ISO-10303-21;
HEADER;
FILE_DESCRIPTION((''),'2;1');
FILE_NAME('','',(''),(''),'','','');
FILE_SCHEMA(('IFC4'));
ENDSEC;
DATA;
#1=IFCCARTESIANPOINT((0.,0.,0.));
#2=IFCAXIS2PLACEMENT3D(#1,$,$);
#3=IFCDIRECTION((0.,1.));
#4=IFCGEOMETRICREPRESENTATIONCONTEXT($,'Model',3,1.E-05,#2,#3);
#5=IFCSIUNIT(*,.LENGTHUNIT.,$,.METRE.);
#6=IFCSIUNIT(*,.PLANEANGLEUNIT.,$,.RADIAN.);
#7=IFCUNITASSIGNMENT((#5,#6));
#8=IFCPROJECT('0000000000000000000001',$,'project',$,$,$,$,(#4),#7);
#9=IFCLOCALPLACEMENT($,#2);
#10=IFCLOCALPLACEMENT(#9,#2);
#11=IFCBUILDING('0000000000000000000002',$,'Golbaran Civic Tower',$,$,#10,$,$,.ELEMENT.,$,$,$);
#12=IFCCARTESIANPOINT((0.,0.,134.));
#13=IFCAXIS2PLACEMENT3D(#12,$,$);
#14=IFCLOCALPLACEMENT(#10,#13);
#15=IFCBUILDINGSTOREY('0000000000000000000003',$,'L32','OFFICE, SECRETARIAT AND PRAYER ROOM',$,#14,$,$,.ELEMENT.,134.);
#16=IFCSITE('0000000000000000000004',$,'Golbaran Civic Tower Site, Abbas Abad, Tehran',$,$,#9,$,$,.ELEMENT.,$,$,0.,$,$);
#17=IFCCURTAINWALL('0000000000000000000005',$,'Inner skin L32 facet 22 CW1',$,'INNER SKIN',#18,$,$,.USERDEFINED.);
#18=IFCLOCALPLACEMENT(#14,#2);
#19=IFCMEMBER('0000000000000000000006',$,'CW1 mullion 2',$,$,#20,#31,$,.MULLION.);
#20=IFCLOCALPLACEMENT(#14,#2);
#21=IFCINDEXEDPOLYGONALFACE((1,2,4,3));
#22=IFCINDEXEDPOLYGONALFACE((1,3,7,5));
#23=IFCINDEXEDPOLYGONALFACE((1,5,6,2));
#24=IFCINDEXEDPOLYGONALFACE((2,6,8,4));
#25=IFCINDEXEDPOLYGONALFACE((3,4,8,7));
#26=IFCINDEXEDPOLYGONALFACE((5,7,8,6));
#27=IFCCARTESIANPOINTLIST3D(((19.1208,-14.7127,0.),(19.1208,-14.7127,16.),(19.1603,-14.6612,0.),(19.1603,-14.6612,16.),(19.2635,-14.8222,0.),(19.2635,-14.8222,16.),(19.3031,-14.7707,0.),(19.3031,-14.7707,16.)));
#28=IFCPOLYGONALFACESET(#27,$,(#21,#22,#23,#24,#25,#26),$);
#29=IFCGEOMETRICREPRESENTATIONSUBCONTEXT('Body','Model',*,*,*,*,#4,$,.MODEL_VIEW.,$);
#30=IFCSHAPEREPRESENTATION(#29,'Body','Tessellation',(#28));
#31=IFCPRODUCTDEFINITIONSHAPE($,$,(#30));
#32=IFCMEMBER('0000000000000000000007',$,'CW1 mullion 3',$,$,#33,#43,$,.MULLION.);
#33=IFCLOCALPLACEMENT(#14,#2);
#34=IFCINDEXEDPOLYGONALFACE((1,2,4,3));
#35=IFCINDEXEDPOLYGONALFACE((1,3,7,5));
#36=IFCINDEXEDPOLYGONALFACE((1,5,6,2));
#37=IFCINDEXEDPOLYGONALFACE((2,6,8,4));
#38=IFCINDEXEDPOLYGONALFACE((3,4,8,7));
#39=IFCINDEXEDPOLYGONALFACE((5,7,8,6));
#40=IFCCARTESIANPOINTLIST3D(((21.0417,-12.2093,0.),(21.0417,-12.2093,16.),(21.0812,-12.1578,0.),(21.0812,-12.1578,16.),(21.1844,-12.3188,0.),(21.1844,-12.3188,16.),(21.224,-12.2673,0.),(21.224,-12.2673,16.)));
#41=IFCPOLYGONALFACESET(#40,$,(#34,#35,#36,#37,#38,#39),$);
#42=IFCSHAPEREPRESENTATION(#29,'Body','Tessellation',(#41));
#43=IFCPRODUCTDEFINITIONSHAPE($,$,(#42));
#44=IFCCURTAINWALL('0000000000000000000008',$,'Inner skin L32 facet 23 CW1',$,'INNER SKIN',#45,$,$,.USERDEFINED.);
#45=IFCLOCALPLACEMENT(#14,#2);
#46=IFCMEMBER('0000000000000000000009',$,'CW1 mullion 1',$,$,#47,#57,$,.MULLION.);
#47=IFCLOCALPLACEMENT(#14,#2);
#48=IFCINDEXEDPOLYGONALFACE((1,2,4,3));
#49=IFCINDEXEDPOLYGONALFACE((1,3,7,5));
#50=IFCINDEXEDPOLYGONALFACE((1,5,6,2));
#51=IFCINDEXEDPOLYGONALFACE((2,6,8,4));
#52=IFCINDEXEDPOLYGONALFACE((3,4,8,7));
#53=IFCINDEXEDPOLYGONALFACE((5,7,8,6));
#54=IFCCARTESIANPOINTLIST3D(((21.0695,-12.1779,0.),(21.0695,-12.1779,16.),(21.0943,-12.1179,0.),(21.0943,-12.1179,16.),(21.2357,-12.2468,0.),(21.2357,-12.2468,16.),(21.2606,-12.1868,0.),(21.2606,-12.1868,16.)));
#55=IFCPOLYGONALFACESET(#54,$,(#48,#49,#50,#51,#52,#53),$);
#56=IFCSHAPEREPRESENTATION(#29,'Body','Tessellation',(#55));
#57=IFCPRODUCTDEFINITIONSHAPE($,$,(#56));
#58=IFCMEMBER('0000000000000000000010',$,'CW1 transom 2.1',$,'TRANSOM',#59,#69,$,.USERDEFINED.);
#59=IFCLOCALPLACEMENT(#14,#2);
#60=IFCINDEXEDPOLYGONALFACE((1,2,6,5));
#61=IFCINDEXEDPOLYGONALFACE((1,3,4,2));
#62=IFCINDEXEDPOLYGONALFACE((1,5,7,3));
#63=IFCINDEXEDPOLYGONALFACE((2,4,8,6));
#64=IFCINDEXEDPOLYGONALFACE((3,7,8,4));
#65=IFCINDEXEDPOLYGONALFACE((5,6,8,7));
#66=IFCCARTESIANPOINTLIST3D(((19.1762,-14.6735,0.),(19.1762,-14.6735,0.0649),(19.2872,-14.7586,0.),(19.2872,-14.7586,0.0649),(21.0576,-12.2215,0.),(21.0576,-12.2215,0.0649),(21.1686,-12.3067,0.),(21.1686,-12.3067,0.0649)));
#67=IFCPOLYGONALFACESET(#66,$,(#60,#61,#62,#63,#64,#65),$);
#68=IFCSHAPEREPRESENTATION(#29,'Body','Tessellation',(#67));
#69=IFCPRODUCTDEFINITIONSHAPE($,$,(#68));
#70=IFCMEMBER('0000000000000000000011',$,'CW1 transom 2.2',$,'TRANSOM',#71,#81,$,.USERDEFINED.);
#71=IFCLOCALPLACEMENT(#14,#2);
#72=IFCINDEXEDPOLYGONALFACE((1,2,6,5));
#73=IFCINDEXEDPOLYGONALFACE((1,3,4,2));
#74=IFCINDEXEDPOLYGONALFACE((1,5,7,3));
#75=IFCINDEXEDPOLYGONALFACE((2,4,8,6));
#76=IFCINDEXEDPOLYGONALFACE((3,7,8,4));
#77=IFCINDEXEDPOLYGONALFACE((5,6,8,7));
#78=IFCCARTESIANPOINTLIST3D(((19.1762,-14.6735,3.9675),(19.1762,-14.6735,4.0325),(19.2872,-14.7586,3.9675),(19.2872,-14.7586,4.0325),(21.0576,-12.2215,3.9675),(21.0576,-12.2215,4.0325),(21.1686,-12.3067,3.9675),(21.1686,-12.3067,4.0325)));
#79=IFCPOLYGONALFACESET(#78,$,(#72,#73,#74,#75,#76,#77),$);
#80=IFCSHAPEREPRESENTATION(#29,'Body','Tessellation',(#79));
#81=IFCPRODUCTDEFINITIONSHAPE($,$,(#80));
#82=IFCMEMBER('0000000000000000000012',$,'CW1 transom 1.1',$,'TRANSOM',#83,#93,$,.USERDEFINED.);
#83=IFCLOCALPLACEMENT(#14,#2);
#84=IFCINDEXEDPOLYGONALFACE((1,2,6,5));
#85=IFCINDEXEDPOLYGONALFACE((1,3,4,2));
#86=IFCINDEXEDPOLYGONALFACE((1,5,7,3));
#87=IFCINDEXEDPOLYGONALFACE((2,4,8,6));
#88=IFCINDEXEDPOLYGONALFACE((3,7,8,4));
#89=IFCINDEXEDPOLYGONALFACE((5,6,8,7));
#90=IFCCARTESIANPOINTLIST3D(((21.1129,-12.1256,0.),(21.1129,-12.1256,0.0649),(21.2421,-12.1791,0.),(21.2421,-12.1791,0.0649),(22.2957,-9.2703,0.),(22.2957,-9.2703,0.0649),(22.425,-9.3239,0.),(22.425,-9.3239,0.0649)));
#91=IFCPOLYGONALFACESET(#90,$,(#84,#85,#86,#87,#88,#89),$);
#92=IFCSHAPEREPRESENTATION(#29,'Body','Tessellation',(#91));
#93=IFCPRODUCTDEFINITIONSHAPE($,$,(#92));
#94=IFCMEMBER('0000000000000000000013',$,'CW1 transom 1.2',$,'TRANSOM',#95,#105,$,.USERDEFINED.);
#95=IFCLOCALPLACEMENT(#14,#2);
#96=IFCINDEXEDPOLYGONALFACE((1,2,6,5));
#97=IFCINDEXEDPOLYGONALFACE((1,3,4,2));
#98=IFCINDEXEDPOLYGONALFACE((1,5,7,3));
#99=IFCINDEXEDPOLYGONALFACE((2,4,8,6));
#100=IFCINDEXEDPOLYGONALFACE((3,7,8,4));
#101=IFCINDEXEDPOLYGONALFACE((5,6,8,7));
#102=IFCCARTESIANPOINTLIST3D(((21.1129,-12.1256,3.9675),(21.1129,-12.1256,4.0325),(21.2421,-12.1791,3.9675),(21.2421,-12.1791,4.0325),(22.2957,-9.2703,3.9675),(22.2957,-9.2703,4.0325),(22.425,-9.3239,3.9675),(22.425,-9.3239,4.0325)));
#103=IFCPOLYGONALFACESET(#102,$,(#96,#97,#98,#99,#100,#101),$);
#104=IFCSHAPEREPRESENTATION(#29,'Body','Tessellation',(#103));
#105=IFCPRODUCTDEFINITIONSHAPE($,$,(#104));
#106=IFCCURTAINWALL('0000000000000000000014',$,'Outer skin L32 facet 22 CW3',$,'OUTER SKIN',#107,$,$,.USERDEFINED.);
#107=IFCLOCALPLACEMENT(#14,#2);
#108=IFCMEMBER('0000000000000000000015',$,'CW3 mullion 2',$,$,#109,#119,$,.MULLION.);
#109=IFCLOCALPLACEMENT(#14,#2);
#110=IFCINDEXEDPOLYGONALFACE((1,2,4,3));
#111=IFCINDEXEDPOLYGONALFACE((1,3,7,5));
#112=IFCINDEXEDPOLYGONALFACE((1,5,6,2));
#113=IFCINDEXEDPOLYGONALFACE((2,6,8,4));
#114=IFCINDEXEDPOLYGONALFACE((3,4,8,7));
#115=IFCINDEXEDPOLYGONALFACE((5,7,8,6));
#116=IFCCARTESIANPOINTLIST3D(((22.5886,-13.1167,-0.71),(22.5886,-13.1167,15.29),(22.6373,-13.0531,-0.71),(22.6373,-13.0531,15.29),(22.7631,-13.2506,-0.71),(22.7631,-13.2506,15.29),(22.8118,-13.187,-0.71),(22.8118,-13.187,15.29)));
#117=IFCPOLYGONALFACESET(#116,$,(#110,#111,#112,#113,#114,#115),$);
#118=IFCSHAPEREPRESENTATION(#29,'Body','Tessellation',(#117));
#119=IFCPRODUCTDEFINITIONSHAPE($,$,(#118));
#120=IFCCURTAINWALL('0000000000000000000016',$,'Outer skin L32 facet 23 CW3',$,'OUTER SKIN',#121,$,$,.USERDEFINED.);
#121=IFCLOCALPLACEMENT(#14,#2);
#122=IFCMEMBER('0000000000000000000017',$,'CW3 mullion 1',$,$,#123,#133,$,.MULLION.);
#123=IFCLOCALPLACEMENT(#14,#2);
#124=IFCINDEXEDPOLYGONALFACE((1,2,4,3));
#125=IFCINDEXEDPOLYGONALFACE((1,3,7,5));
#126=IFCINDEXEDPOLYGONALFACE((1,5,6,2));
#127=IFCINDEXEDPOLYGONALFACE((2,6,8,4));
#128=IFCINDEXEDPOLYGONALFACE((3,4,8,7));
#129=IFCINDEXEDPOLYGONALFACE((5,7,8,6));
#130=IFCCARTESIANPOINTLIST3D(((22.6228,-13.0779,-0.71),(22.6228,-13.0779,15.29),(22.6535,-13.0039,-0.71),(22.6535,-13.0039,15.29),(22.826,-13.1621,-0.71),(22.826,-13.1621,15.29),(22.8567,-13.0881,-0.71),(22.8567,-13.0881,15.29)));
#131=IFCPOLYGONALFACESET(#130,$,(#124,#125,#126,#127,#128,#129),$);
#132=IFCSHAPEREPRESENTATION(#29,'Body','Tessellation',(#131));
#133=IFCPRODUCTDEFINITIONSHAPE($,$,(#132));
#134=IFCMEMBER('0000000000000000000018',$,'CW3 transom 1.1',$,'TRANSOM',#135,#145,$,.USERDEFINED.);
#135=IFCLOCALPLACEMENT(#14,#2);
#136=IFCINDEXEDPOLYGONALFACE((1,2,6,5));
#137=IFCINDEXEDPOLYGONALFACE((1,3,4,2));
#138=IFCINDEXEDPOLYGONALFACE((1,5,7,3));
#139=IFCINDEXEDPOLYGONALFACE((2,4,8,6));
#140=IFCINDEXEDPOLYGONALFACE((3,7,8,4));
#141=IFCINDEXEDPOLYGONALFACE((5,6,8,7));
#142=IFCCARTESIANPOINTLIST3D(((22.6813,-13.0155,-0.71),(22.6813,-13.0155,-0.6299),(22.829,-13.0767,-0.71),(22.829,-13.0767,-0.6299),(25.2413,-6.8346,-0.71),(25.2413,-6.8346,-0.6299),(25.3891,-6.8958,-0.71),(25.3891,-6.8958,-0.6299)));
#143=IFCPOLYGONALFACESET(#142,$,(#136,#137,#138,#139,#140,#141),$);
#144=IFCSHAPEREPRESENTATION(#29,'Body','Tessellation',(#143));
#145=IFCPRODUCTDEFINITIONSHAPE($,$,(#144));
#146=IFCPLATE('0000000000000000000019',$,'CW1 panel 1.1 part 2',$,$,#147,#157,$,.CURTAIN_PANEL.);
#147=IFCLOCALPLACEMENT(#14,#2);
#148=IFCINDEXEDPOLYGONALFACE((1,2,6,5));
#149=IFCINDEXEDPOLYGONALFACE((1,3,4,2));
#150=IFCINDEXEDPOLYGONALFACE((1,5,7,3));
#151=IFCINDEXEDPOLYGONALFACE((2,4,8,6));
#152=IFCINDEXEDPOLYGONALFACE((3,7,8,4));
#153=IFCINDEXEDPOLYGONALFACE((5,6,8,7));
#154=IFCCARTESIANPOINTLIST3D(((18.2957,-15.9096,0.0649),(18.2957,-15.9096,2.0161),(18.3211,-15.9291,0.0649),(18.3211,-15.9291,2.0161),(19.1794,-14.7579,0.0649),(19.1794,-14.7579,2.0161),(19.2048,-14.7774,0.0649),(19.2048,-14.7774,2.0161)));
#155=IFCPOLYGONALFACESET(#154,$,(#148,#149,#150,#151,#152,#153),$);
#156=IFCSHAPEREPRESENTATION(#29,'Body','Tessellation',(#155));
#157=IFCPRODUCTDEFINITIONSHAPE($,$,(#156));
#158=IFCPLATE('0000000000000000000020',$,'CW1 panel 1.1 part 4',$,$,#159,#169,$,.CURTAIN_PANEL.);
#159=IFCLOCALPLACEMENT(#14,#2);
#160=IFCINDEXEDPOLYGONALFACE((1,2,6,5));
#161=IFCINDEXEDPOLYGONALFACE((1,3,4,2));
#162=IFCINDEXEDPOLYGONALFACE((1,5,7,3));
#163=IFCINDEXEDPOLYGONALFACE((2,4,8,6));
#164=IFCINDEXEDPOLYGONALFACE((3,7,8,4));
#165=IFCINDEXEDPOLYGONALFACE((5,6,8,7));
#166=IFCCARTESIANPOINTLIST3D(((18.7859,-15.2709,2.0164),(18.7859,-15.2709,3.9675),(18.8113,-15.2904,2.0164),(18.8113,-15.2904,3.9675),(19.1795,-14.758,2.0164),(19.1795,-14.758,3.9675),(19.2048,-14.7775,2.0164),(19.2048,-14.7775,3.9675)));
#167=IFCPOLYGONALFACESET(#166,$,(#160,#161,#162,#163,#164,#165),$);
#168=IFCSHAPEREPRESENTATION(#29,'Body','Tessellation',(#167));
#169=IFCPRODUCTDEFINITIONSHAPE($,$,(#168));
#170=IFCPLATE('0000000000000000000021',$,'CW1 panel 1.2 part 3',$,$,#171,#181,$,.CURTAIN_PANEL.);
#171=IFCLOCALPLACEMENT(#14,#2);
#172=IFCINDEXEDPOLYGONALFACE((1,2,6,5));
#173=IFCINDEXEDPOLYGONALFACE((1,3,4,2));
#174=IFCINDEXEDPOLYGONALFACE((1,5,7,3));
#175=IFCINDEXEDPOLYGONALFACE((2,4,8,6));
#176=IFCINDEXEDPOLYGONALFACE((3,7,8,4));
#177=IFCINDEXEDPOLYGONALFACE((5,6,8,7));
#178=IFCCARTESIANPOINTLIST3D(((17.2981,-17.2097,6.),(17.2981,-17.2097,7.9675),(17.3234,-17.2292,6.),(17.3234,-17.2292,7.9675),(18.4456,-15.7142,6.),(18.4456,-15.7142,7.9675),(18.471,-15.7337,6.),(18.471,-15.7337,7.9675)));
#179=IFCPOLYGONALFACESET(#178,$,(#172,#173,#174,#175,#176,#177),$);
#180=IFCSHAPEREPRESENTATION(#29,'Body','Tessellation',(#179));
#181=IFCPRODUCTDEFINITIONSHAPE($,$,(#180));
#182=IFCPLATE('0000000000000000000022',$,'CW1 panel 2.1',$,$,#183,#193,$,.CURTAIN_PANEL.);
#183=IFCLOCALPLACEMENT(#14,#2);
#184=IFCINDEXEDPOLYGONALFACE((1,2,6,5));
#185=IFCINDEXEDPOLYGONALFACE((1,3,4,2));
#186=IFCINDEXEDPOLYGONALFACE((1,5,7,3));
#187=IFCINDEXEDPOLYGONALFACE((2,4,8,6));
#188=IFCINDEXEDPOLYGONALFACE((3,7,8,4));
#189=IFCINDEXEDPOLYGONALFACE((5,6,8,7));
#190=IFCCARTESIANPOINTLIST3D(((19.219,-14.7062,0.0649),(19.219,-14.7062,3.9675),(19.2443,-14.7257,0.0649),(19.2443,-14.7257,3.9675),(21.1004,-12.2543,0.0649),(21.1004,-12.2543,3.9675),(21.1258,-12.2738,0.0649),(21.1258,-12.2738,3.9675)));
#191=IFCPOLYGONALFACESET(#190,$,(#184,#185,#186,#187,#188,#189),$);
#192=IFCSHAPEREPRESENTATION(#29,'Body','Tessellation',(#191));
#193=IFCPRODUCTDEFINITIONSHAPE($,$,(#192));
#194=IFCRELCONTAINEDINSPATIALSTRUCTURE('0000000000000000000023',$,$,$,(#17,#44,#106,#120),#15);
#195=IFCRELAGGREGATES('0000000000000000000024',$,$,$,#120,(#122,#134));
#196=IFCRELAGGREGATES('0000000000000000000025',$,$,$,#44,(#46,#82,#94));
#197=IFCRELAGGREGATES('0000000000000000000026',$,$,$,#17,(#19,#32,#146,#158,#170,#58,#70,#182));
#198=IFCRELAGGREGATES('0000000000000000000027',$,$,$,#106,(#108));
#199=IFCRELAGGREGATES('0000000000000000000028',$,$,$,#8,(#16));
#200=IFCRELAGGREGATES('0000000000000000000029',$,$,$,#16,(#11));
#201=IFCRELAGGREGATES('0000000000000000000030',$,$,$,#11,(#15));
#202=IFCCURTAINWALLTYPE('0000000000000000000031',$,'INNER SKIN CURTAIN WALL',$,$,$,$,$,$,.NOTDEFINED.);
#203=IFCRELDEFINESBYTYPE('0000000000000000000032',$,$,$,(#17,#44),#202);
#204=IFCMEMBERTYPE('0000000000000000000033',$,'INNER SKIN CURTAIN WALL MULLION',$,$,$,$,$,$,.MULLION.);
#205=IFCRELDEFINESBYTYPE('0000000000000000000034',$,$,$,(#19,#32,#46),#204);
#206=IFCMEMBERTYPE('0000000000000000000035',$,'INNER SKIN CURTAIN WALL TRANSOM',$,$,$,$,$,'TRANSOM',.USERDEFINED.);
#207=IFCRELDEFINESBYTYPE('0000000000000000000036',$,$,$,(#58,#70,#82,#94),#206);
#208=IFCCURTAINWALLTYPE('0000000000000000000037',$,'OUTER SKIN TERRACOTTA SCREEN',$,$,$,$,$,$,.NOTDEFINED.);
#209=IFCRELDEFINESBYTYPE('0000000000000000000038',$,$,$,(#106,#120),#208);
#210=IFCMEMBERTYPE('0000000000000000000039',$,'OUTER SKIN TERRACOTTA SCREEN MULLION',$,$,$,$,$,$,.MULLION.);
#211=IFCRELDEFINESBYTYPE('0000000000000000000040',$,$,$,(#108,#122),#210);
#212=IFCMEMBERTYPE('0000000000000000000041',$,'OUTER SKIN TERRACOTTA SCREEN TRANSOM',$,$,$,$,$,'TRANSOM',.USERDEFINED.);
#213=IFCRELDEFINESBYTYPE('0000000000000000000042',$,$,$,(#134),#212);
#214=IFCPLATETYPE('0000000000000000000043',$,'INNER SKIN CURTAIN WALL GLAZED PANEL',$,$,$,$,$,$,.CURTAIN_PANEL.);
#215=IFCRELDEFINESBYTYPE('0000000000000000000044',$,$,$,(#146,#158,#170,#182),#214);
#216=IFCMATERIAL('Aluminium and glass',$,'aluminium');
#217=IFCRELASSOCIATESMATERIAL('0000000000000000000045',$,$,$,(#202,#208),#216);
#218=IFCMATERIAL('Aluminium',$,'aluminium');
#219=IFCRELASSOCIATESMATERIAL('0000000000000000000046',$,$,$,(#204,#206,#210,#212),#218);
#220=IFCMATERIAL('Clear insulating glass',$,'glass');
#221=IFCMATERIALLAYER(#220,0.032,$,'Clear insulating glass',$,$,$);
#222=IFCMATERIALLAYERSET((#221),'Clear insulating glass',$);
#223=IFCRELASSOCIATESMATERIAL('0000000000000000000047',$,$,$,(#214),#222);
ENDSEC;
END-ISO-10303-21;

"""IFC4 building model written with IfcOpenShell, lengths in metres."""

from ifc_helpers import new_model, si_unit, direction, frame, origin, origin_2d, place, context, subcontext, project, spatial, rectangle, extrude, material, layer, layer_set, material_profile, profile_set, type_object, element, aggregate, save


model = new_model("IFC4")

# Units and contexts
model_context = context("Model", 3, precision=1e-05, world=origin(), true_north=direction((0.0, 1.0)))
body_context = subcontext(model_context, "Body", "Model", "MODEL_VIEW")
ifc_project = project(units=[si_unit("LENGTHUNIT", "METRE"), si_unit("PLANEANGLEUNIT", "RADIAN")], contexts=[model_context])

# Site, building, storey
site_placement = place(None, origin())
site = spatial("IfcSite", under=ifc_project, at=site_placement, Name="Golbaran Civic Tower Site, Abbas Abad, Tehran", CompositionType="ELEMENT", RefElevation=0.0)
building_placement = place(site_placement, origin())
building = spatial("IfcBuilding", under=site, at=building_placement, Name="Golbaran Civic Tower", CompositionType="ELEMENT")
storey_placement = place(building_placement, frame((0.0, 0.0, 134.0)))
storey = spatial("IfcBuildingStorey", under=building, at=storey_placement, Name="L32", Description="OFFICE, SECRETARIAT AND PRAYER ROOM", CompositionType="ELEMENT", Elevation=134.0)

# Curtain wall, members
ifc_material_1 = material(Name="Aluminium and glass", Category="aluminium")
curtain_wall_type_1 = type_object("IfcCurtainWallType", Name="INNER SKIN CURTAIN WALL", PredefinedType="NOTDEFINED", material=ifc_material_1)
curtain_wall_1_placement = place(storey_placement, origin())
curtain_wall_1 = element("IfcCurtainWall", 1, at=curtain_wall_1_placement, inside=storey, type_object=curtain_wall_type_1, Name="Inner skin L32 facet 22 CW1", ObjectType="INNER SKIN", PredefinedType="USERDEFINED")
ifc_material_2 = material(Name="Aluminium", Category="aluminium")
ifc_material_profile_1 = material_profile(ifc_material_2, rectangle(XDim=0.1799, YDim=0.0649, at=origin_2d()), Name="INNER SKIN CURTAIN WALL MULLION")
ifc_profile_set_1 = profile_set([ifc_material_profile_1], Name="Aluminium")
member_type_1 = type_object("IfcMemberType", Name="INNER SKIN CURTAIN WALL MULLION", PredefinedType="MULLION", material=ifc_profile_set_1)
member_1_placement = place(storey_placement, frame((19.2119, -14.7417, 0.0), z_axis=(0.0, 0.0, 1.0), x_axis=(-0.793353, 0.608761, 0.0)))
member_1 = element("IfcMember", 2, at=member_1_placement, type_object=member_type_1, Name="CW1 mullion 2", PredefinedType="MULLION", context=body_context, shape_type="SweptSolid", body=[
    extrude(rectangle(XDim=0.1799, YDim=0.0649, at=origin_2d()), origin(), (0.0, 0.0, 1.0), 16.0),
])
member_2_placement = place(storey_placement, frame((21.1328, -12.2383, 0.0), z_axis=(0.0, 0.0, 1.0), x_axis=(-0.793353, 0.608761, 0.0)))
member_2 = element("IfcMember", 3, at=member_2_placement, type_object=member_type_1, Name="CW1 mullion 3", PredefinedType="MULLION", context=body_context, shape_type="SweptSolid", body=[
    extrude(rectangle(XDim=0.1799, YDim=0.0649, at=origin_2d()), origin(), (0.0, 0.0, 1.0), 16.0),
])

# Curtain wall, member
curtain_wall_2_placement = place(storey_placement, origin())
curtain_wall_2 = element("IfcCurtainWall", 4, at=curtain_wall_2_placement, inside=storey, type_object=curtain_wall_type_1, Name="Inner skin L32 facet 23 CW1", ObjectType="INNER SKIN", PredefinedType="USERDEFINED")
member_3_placement = place(storey_placement, frame((21.165, -12.1824, 0.0), z_axis=(0.0, 0.0, 1.0), x_axis=(-0.92388, 0.382683, 0.0)))
member_3 = element("IfcMember", 5, at=member_3_placement, type_object=member_type_1, Name="CW1 mullion 1", PredefinedType="MULLION", context=body_context, shape_type="SweptSolid", body=[
    extrude(rectangle(XDim=0.1799, YDim=0.0649, at=origin_2d()), origin(), (0.0, 0.0, 1.0), 16.0),
])

# Members
ifc_material_profile_2 = material_profile(ifc_material_2, rectangle(XDim=0.1399, YDim=0.0649, at=origin_2d()), Name="INNER SKIN CURTAIN WALL TRANSOM")
ifc_profile_set_2 = profile_set([ifc_material_profile_2], Name="Aluminium")
member_type_2 = type_object("IfcMemberType", Name="INNER SKIN CURTAIN WALL TRANSOM", ElementType="TRANSOM", PredefinedType="USERDEFINED", material=ifc_profile_set_2)
member_4_placement = place(storey_placement, frame((19.2317, -14.7161, 0.0325), z_axis=(0.608748, 0.793363, 0.0), x_axis=(-0.793363, 0.608748, 0.0)))
member_4 = element("IfcMember", 6, at=member_4_placement, type_object=member_type_2, Name="CW1 transom 2.1", ObjectType="TRANSOM", PredefinedType="USERDEFINED", context=body_context, shape_type="SweptSolid", body=[
    extrude(rectangle(XDim=0.1399, YDim=0.0649, at=origin_2d()), origin(), (0.0, 0.0, 1.0), 3.0906),
])
member_5_placement = place(storey_placement, frame((19.2317, -14.7161, 4.0), z_axis=(0.608748, 0.793363, 0.0), x_axis=(-0.793363, 0.608748, 0.0)))
member_5 = element("IfcMember", 7, at=member_5_placement, type_object=member_type_2, Name="CW1 transom 2.2", ObjectType="TRANSOM", PredefinedType="USERDEFINED", context=body_context, shape_type="SweptSolid", body=[
    extrude(rectangle(XDim=0.1399, YDim=0.0649, at=origin_2d()), origin(), (0.0, 0.0, 1.0), 3.0906),
])
member_6_placement = place(storey_placement, frame((21.1775, -12.1523, 0.0325), z_axis=(0.382736, 0.923858, 0.0), x_axis=(-0.923858, 0.382736, 0.0)))
member_6 = element("IfcMember", 8, at=member_6_placement, type_object=member_type_2, Name="CW1 transom 1.1", ObjectType="TRANSOM", PredefinedType="USERDEFINED", context=body_context, shape_type="SweptSolid", body=[
    extrude(rectangle(XDim=0.1399, YDim=0.0649, at=origin_2d()), origin(), (0.0, 0.0, 1.0), 3.0906),
])
member_7_placement = place(storey_placement, frame((21.1775, -12.1523, 4.0), z_axis=(0.382736, 0.923858, 0.0), x_axis=(-0.923858, 0.382736, 0.0)))
member_7 = element("IfcMember", 9, at=member_7_placement, type_object=member_type_2, Name="CW1 transom 1.2", ObjectType="TRANSOM", PredefinedType="USERDEFINED", context=body_context, shape_type="SweptSolid", body=[
    extrude(rectangle(XDim=0.1399, YDim=0.0649, at=origin_2d()), origin(), (0.0, 0.0, 1.0), 3.0906),
])

# Curtain wall, member
curtain_wall_type_2 = type_object("IfcCurtainWallType", Name="OUTER SKIN TERRACOTTA SCREEN", PredefinedType="NOTDEFINED", material=ifc_material_1)
curtain_wall_3_placement = place(storey_placement, origin())
curtain_wall_3 = element("IfcCurtainWall", 10, at=curtain_wall_3_placement, inside=storey, type_object=curtain_wall_type_2, Name="Outer skin L32 facet 22 CW3", ObjectType="OUTER SKIN", PredefinedType="USERDEFINED")
ifc_material_profile_3 = material_profile(ifc_material_2, rectangle(XDim=0.22, YDim=0.0801, at=origin_2d()), Name="OUTER SKIN TERRACOTTA SCREEN MULLION")
ifc_profile_set_3 = profile_set([ifc_material_profile_3], Name="Aluminium")
member_type_3 = type_object("IfcMemberType", Name="OUTER SKIN TERRACOTTA SCREEN MULLION", PredefinedType="MULLION", material=ifc_profile_set_3)
member_8_placement = place(storey_placement, frame((22.7002, -13.1519, -0.71), z_axis=(0.0, 0.0, 1.0), x_axis=(-0.793353, 0.608761, 0.0)))
member_8 = element("IfcMember", 11, at=member_8_placement, type_object=member_type_3, Name="CW3 mullion 2", PredefinedType="MULLION", context=body_context, shape_type="SweptSolid", body=[
    extrude(rectangle(XDim=0.22, YDim=0.0801, at=origin_2d()), origin(), (0.0, 0.0, 1.0), 16.0),
])

# Curtain wall, members
curtain_wall_4_placement = place(storey_placement, origin())
curtain_wall_4 = element("IfcCurtainWall", 12, at=curtain_wall_4_placement, inside=storey, type_object=curtain_wall_type_2, Name="Outer skin L32 facet 23 CW3", ObjectType="OUTER SKIN", PredefinedType="USERDEFINED")
member_9_placement = place(storey_placement, frame((22.7397, -13.083, -0.71), z_axis=(0.0, 0.0, 1.0), x_axis=(-0.92388, 0.382683, 0.0)))
member_9 = element("IfcMember", 13, at=member_9_placement, type_object=member_type_3, Name="CW3 mullion 1", PredefinedType="MULLION", context=body_context, shape_type="SweptSolid", body=[
    extrude(rectangle(XDim=0.22, YDim=0.0801, at=origin_2d()), origin(), (0.0, 0.0, 1.0), 16.0),
])
ifc_material_profile_4 = material_profile(ifc_material_2, rectangle(XDim=0.1599, YDim=0.0801, at=origin_2d()), Name="OUTER SKIN TERRACOTTA SCREEN TRANSOM")
ifc_profile_set_4 = profile_set([ifc_material_profile_4], Name="Aluminium")
member_type_4 = type_object("IfcMemberType", Name="OUTER SKIN TERRACOTTA SCREEN TRANSOM", ElementType="TRANSOM", PredefinedType="USERDEFINED", material=ifc_profile_set_4)
member_10_placement = place(storey_placement, frame((22.7551, -13.0461, -0.6699), z_axis=(0.382663, 0.923888, 0.0), x_axis=(-0.923888, 0.382663, 0.0)))
member_10 = element("IfcMember", 14, at=member_10_placement, type_object=member_type_4, Name="CW3 transom 1.1", ObjectType="TRANSOM", PredefinedType="USERDEFINED", context=body_context, shape_type="SweptSolid", body=[
    extrude(rectangle(XDim=0.1599, YDim=0.0801, at=origin_2d()), origin(), (0.0, 0.0, 1.0), 6.6902),
])
aggregate(curtain_wall_4, [member_9, member_10])

# Plates
ifc_material_3 = material(Name="Clear insulating glass", Category="glass")
ifc_layer_1 = layer(ifc_material_3, 0.032, Name="Clear insulating glass")
ifc_layer_set_1 = layer_set([ifc_layer_1], Name="Clear insulating glass")
plate_type_1 = type_object("IfcPlateType", Name="INNER SKIN CURTAIN WALL GLAZED PANEL", PredefinedType="CURTAIN_PANEL", material=ifc_layer_set_1)
plate_1_placement = place(storey_placement, frame((18.7502, -15.3435, 0.0649), z_axis=(0.0, 0.0, 1.0), x_axis=(0.608761, 0.793353, 0.0)))
plate_1 = element("IfcPlate", 15, at=plate_1_placement, type_object=plate_type_1, Name="CW1 panel 1.1 part 2", PredefinedType="CURTAIN_PANEL", context=body_context, shape_type="SweptSolid", body=[
    extrude(rectangle(XDim=1.4517, YDim=0.032, at=origin_2d()), origin(), (0.0, 0.0, 1.0), 1.9512),
])
plate_2_placement = place(storey_placement, frame((18.9954, -15.0242, 2.0164), z_axis=(0.0, 0.0, 1.0), x_axis=(0.608761, 0.793353, 0.0)))
plate_2 = element("IfcPlate", 16, at=plate_2_placement, type_object=plate_type_1, Name="CW1 panel 1.1 part 4", PredefinedType="CURTAIN_PANEL", context=body_context, shape_type="SweptSolid", body=[
    extrude(rectangle(XDim=0.6465, YDim=0.032, at=origin_2d()), origin(), (0.0, 0.0, 1.0), 1.9512),
])
plate_3_placement = place(storey_placement, frame((17.8845, -16.4717, 6.0), z_axis=(0.0, 0.0, 1.0), x_axis=(0.608761, 0.793353, 0.0)))
plate_3 = element("IfcPlate", 17, at=plate_3_placement, type_object=plate_type_1, Name="CW1 panel 1.2 part 3", PredefinedType="CURTAIN_PANEL", context=body_context, shape_type="SweptSolid", body=[
    extrude(rectangle(XDim=1.885, YDim=0.032, at=origin_2d()), origin(), (0.0, 0.0, 1.0), 1.9675),
])
plate_4_placement = place(storey_placement, frame((20.1724, -13.49, 0.0649), z_axis=(0.0, 0.0, 1.0), x_axis=(0.608761, 0.793353, 0.0)))
plate_4 = element("IfcPlate", 18, at=plate_4_placement, type_object=plate_type_1, Name="CW1 panel 2.1", PredefinedType="CURTAIN_PANEL", context=body_context, shape_type="SweptSolid", body=[
    extrude(rectangle(XDim=3.0906, YDim=0.032, at=origin_2d()), origin(), (0.0, 0.0, 1.0), 3.9026),
])
aggregate(curtain_wall_2, [member_3, member_6, member_7])
aggregate(curtain_wall_1, [member_1, member_2, plate_1, plate_2, plate_3, member_4, member_5, plate_4])
aggregate(curtain_wall_3, [member_8])

save(model, "model.ifc")
